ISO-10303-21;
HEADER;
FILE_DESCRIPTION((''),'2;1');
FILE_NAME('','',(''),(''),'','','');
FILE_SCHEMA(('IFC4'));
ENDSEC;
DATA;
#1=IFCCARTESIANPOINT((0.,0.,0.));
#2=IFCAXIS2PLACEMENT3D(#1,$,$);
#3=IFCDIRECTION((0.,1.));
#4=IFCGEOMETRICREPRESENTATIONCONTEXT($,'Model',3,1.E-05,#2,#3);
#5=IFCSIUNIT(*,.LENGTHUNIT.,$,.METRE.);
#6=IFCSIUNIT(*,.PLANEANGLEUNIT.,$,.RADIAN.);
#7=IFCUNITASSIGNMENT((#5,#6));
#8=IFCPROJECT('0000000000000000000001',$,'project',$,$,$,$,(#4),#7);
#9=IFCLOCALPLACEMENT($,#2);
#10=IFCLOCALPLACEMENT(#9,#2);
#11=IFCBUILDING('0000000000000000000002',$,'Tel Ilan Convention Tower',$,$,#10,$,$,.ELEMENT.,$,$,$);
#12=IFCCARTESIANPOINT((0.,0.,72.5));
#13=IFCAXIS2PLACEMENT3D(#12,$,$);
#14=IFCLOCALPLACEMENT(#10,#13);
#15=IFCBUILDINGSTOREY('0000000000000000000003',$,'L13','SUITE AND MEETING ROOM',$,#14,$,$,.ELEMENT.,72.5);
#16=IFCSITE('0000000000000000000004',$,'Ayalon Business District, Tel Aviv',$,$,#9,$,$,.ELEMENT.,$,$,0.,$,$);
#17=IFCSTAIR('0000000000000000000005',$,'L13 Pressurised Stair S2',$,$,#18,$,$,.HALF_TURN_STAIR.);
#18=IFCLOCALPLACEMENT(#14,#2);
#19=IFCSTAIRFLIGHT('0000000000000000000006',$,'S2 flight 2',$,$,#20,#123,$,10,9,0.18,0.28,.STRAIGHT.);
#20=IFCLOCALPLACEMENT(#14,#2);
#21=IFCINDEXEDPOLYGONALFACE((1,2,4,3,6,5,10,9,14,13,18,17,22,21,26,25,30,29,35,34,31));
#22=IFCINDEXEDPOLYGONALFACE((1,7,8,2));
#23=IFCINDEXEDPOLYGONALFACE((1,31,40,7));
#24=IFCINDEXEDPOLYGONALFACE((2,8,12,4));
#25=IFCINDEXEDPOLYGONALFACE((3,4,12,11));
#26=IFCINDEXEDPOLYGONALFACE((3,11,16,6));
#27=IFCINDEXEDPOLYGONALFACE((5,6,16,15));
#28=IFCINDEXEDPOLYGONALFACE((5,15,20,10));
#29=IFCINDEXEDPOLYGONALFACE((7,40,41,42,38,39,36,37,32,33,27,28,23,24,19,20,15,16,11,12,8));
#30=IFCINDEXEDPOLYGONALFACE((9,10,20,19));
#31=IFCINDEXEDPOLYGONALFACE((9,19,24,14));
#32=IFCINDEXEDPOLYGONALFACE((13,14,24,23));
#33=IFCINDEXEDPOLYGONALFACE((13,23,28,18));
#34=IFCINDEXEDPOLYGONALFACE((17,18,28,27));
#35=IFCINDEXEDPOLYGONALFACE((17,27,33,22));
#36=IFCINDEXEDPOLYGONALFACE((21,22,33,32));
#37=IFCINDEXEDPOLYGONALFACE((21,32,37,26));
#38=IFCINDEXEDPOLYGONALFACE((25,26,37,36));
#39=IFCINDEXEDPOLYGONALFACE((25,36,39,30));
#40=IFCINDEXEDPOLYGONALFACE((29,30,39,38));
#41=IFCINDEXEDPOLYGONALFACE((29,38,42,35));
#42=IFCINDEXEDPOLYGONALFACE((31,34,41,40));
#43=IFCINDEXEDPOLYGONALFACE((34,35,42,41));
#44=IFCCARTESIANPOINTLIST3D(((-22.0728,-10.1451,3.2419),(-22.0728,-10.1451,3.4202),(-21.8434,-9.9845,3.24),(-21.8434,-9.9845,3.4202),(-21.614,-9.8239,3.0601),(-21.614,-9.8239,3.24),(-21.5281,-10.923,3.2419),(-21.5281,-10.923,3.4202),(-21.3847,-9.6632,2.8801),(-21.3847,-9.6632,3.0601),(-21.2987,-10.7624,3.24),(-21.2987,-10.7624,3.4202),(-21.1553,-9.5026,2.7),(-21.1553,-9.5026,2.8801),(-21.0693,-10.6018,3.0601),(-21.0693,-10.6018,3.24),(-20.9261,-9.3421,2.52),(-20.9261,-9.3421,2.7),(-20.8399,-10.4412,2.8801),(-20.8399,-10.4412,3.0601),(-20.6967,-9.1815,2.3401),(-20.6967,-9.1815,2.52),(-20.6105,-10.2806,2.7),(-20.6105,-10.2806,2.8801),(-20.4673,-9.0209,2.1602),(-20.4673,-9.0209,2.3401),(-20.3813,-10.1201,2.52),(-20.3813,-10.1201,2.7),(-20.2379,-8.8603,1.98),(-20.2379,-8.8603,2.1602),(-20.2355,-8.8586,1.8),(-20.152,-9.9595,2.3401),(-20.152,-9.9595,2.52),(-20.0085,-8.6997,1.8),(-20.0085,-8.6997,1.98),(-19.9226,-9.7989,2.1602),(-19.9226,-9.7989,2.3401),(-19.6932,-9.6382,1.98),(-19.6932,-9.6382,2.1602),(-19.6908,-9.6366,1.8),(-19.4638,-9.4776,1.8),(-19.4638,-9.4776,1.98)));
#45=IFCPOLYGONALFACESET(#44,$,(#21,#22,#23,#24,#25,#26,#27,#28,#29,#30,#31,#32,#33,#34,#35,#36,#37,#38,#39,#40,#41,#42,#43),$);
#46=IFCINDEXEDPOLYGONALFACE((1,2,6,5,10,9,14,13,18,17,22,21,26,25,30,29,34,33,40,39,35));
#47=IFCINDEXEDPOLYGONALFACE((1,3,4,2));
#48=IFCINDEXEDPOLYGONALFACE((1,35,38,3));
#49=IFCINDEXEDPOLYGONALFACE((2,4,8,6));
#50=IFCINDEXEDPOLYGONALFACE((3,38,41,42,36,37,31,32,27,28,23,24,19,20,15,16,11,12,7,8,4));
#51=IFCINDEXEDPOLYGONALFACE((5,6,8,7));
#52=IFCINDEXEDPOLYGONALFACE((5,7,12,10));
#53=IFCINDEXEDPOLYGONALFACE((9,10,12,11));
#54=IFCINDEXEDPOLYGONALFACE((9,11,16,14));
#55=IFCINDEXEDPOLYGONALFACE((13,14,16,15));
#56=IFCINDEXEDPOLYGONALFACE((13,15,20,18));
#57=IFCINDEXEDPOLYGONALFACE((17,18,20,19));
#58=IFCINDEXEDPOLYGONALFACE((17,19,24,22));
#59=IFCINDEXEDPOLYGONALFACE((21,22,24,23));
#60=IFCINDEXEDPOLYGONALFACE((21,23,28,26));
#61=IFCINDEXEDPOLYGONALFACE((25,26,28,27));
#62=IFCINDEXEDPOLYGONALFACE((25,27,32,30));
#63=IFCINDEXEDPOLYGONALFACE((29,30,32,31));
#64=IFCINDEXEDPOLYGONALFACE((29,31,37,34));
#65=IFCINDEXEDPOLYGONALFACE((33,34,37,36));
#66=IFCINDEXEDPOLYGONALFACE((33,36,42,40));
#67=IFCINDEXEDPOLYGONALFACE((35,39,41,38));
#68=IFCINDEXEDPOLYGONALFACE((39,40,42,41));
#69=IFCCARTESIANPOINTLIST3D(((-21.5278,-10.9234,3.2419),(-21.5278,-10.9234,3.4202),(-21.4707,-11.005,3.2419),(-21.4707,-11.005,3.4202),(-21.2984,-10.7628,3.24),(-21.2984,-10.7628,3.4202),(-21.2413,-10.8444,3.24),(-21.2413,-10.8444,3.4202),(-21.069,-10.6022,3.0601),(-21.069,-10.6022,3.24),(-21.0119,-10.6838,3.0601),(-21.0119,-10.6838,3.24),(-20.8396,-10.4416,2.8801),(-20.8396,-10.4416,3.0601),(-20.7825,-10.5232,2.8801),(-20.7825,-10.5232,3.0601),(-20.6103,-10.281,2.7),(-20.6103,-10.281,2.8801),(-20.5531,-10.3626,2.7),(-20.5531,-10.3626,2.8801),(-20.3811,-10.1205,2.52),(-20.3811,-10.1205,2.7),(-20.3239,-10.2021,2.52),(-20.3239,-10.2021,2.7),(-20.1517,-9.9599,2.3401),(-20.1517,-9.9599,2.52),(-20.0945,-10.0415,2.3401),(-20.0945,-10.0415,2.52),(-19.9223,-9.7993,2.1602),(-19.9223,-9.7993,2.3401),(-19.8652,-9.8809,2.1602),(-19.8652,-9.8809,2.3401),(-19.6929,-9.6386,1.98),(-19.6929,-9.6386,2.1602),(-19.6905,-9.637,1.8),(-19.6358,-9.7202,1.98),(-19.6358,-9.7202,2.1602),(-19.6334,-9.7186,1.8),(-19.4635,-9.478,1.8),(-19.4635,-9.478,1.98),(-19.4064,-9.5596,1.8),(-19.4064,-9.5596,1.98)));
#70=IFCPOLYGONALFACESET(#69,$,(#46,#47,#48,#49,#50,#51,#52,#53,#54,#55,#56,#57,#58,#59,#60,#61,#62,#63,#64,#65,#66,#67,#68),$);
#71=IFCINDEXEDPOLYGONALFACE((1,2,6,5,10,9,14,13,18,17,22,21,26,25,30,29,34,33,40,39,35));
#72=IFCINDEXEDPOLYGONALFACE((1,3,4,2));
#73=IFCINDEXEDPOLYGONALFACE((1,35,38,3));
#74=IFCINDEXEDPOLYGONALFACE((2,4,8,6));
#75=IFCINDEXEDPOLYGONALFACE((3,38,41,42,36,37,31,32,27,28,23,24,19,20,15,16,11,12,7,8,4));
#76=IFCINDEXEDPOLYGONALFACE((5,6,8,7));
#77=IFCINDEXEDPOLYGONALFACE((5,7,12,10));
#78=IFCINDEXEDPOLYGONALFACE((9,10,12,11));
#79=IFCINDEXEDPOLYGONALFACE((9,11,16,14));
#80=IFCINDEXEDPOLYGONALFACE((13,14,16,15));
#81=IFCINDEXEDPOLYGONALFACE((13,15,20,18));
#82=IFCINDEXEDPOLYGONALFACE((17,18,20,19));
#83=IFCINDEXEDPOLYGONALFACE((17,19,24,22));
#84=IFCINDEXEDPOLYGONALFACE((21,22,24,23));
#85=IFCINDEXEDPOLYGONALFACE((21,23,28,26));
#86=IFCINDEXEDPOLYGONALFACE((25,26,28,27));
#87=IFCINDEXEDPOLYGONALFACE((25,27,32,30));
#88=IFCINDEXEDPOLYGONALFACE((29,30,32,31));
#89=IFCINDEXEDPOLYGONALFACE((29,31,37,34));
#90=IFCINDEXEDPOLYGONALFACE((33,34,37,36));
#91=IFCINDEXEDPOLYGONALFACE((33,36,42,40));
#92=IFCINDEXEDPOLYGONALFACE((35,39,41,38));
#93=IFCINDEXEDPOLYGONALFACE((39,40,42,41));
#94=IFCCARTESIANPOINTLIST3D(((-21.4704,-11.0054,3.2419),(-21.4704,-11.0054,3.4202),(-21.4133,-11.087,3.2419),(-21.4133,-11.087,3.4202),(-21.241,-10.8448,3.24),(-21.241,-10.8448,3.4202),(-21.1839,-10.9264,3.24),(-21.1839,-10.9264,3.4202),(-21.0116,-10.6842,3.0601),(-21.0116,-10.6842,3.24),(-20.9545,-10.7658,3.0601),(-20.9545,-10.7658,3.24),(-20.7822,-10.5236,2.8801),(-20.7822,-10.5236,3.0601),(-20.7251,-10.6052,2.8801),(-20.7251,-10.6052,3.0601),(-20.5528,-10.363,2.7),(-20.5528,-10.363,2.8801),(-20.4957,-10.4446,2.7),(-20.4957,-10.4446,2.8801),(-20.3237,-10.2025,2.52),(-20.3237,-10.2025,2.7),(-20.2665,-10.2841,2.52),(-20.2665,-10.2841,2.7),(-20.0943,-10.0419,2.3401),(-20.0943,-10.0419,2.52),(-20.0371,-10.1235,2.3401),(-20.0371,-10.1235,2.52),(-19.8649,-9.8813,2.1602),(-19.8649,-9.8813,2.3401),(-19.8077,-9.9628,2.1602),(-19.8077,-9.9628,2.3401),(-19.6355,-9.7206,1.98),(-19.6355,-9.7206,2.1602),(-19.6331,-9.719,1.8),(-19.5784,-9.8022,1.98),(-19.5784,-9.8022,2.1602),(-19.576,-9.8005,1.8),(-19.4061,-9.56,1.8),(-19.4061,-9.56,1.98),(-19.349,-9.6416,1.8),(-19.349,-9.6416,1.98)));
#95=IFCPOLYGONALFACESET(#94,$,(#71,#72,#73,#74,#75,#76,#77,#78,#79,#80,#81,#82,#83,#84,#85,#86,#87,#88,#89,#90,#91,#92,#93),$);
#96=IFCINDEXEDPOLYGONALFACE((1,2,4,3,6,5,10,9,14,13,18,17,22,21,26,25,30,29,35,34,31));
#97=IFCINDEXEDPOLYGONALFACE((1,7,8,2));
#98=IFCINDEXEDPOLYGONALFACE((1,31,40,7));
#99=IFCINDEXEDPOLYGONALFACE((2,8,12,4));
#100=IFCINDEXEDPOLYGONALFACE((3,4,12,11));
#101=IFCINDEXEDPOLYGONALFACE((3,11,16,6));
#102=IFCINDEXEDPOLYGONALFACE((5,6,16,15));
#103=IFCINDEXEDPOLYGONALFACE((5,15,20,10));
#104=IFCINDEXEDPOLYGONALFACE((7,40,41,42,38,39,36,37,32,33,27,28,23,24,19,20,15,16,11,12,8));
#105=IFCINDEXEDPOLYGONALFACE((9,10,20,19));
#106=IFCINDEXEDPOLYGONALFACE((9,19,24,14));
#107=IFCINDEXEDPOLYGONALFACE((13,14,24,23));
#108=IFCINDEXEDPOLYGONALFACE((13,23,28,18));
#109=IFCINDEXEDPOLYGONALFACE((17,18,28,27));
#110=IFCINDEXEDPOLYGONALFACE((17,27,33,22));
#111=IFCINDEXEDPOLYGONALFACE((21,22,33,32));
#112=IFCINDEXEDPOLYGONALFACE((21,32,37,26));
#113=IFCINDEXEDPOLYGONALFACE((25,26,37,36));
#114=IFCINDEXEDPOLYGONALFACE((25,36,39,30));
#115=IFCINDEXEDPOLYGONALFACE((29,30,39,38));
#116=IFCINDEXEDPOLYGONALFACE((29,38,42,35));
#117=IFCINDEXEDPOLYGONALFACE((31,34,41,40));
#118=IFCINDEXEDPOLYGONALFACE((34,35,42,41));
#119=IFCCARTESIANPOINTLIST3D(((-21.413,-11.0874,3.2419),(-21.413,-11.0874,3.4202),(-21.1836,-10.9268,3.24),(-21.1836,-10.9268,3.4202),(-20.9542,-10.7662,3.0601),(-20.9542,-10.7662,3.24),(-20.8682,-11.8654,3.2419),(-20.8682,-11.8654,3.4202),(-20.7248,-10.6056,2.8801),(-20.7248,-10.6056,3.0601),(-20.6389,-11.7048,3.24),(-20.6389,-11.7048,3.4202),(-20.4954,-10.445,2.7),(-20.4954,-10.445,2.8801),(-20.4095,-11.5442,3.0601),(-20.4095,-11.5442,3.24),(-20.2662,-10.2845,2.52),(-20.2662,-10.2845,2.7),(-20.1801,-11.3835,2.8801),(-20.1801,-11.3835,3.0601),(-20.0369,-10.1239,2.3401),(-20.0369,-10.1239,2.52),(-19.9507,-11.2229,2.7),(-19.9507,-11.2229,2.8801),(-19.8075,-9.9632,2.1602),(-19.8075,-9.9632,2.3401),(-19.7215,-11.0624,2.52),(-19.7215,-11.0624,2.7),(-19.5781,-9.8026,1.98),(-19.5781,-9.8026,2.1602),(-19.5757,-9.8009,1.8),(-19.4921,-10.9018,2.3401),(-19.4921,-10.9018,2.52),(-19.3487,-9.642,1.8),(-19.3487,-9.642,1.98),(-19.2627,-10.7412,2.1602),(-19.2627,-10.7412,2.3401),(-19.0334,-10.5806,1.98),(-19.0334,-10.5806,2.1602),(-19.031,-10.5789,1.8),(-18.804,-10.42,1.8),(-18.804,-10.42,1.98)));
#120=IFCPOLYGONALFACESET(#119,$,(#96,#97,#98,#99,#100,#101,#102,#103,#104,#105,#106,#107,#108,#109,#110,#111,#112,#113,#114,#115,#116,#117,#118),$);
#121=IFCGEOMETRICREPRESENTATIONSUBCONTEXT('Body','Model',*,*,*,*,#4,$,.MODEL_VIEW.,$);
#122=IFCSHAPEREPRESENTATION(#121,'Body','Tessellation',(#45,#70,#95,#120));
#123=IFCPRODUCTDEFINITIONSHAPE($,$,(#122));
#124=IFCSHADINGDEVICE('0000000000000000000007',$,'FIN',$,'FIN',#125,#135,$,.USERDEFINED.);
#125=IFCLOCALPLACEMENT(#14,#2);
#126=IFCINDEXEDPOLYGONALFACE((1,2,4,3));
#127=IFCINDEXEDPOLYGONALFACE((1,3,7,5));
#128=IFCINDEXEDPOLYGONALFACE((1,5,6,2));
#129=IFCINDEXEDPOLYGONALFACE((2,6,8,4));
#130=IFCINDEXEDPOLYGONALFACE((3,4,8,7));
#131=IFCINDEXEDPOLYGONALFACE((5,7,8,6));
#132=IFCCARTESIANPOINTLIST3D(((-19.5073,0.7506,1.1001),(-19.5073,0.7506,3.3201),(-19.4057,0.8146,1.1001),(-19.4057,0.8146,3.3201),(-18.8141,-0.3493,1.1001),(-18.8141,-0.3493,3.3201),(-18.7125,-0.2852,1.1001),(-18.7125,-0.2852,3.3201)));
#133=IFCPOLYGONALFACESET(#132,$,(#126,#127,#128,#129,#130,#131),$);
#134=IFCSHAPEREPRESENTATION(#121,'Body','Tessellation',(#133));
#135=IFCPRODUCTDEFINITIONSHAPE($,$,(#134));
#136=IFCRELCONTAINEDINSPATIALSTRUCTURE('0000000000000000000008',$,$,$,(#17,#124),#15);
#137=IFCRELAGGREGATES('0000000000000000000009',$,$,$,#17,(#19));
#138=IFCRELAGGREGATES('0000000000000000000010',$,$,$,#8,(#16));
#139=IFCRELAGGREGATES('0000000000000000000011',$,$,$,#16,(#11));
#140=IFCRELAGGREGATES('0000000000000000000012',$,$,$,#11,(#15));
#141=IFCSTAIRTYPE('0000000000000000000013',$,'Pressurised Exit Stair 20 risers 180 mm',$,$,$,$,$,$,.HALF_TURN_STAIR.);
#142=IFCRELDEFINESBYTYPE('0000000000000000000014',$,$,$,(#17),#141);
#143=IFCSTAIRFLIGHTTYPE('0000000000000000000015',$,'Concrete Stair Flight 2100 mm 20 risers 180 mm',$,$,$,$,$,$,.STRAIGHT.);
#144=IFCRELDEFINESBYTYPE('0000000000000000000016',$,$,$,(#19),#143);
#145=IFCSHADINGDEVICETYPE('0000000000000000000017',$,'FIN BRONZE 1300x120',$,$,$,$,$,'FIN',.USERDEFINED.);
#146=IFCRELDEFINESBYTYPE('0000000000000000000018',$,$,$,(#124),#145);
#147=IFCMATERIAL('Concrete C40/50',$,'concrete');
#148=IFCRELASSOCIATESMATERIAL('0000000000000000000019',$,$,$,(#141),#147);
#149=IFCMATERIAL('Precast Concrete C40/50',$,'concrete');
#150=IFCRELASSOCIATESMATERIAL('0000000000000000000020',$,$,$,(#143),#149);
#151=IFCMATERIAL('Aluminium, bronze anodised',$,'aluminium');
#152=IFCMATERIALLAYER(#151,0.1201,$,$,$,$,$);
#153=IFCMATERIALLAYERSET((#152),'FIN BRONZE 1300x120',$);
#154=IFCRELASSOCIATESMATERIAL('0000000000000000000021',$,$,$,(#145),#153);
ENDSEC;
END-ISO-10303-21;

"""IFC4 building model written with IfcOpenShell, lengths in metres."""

from ifc_helpers import new_model, si_unit, direction, frame, origin, origin_2d, place, context, subcontext, project, spatial, polyline, rectangle, outline, extrude, material, layer, layer_set, type_object, element, aggregate, save


model = new_model("IFC4")

# Units and contexts
model_context = context("Model", 3, precision=1e-05, world=origin(), true_north=direction((0.0, 1.0)))
body_context = subcontext(model_context, "Body", "Model", "MODEL_VIEW")
ifc_project = project(units=[si_unit("LENGTHUNIT", "METRE"), si_unit("PLANEANGLEUNIT", "RADIAN")], contexts=[model_context])

# Site, building, storey
site_placement = place(None, origin())
site = spatial("IfcSite", under=ifc_project, at=site_placement, Name="Ayalon Business District, Tel Aviv", CompositionType="ELEMENT", RefElevation=0.0)
building_placement = place(site_placement, origin())
building = spatial("IfcBuilding", under=site, at=building_placement, Name="Tel Ilan Convention Tower", CompositionType="ELEMENT")
storey_placement = place(building_placement, frame((0.0, 0.0, 72.5)))
storey = spatial("IfcBuildingStorey", under=building, at=storey_placement, Name="L13", Description="SUITE AND MEETING ROOM", CompositionType="ELEMENT", Elevation=72.5)

# Stair, stair flight
ifc_material_1 = material(Name="Concrete C40/50", Category="concrete")
stair_type = type_object("IfcStairType", Name="Pressurised Exit Stair 20 risers 180 mm", PredefinedType="HALF_TURN_STAIR", material=ifc_material_1)
ifc_material_2 = material(Name="Precast Concrete C40/50", Category="concrete")
stair_flight_type = type_object("IfcStairFlightType", Name="Concrete Stair Flight 2100 mm 20 risers 180 mm", PredefinedType="STRAIGHT", material=ifc_material_2)
stair_1_placement = place(storey_placement, origin())
stair_1 = element("IfcStair", 1, at=stair_1_placement, inside=storey, type_object=stair_type, Name="L13 Pressurised Stair S2", PredefinedType="HALF_TURN_STAIR")
stair_flight_1_placement = place(storey_placement, frame((-19.4062, -9.5598, 1.8), z_axis=(0.0, 0.0, 1.0), x_axis=(-0.819152, -0.573576, 0.0)))
stair_flight_1 = element("IfcStairFlight", 2, at=stair_flight_1_placement, type_object=stair_flight_type, Name="S2 flight 2", NumberOfRisers=10, NumberOfTreads=9, PredefinedType="STRAIGHT", RiserHeight=0.18, TreadLength=0.28, context=body_context, shape_type="SweptSolid", body=[
    extrude(outline(polyline([(0.0, 0.0), (0.0, 0.1799), (0.28, 0.1799), (0.28, 0.3601), (0.5601, 0.3601), (0.5601, 0.54), (0.8401, 0.54), (0.8401, 0.72), (1.1201, 0.72), (1.1201, 0.8999), (1.3999, 0.8999), (1.3999, 1.0801), (1.6799, 1.0801), (1.6799, 1.26), (1.96, 1.26), (1.96, 1.4399), (2.24, 1.4399), (2.24, 1.6201), (2.52, 1.6201), (2.52, 1.8), (2.52, 1.4419), (0.2771, 0.0), (0.0, 0.0)])), frame((0.0, -0.1003, 0.0), z_axis=(0.0, -1.0, 0.0), x_axis=(1.0, 0.0, 0.0)), (0.0, 0.0, 1.0), 0.9497),
    extrude(outline(polyline([(0.0, 0.0), (0.0, 0.1799), (0.28, 0.1799), (0.28, 0.3601), (0.5601, 0.3601), (0.5601, 0.54), (0.8401, 0.54), (0.8401, 0.72), (1.1201, 0.72), (1.1201, 0.8999), (1.3999, 0.8999), (1.3999, 1.0801), (1.6799, 1.0801), (1.6799, 1.26), (1.96, 1.26), (1.96, 1.4399), (2.24, 1.4399), (2.24, 1.6201), (2.52, 1.6201), (2.52, 1.8), (2.52, 1.4419), (0.2771, 0.0), (0.0, 0.0)])), frame((0.0, -0.0002, 0.0), z_axis=(0.0, -1.0, 0.0), x_axis=(1.0, 0.0, 0.0)), (0.0, 0.0, 1.0), 0.0996),
    extrude(outline(polyline([(0.0, 0.0), (0.0, 0.1799), (0.28, 0.1799), (0.28, 0.3601), (0.5601, 0.3601), (0.5601, 0.54), (0.8401, 0.54), (0.8401, 0.72), (1.1201, 0.72), (1.1201, 0.8999), (1.3999, 0.8999), (1.3999, 1.0801), (1.6799, 1.0801), (1.6799, 1.26), (1.96, 1.26), (1.96, 1.4399), (2.24, 1.4399), (2.24, 1.6201), (2.52, 1.6201), (2.52, 1.8), (2.52, 1.4419), (0.2771, 0.0), (0.0, 0.0)])), frame((0.0, 0.0999, 0.0), z_axis=(0.0, -1.0, 0.0), x_axis=(1.0, 0.0, 0.0)), (0.0, 0.0, 1.0), 0.0996),
    extrude(outline(polyline([(0.0, 0.0), (0.0, 0.1799), (0.28, 0.1799), (0.28, 0.3601), (0.5601, 0.3601), (0.5601, 0.54), (0.8401, 0.54), (0.8401, 0.72), (1.1201, 0.72), (1.1201, 0.8999), (1.3999, 0.8999), (1.3999, 1.0801), (1.6799, 1.0801), (1.6799, 1.26), (1.96, 1.26), (1.96, 1.4399), (2.24, 1.4399), (2.24, 1.6201), (2.52, 1.6201), (2.52, 1.8), (2.52, 1.4419), (0.2771, 0.0), (0.0, 0.0)])), frame((0.0, 1.05, 0.0), z_axis=(0.0, -1.0, 0.0), x_axis=(1.0, 0.0, 0.0)), (0.0, 0.0, 1.0), 0.9497),
])
aggregate(stair_1, [stair_flight_1])

# Shading device
ifc_material_3 = material(Name="Aluminium, bronze anodised", Category="aluminium")
ifc_layer_1 = layer(ifc_material_3, 0.1201)
ifc_layer_set_1 = layer_set([ifc_layer_1], Name="FIN BRONZE 1300x120")
shading_device_type = type_object("IfcShadingDeviceType", Name="FIN BRONZE 1300x120", ElementType="FIN", PredefinedType="USERDEFINED", material=ifc_layer_set_1)
shading_device_placement = place(storey_placement, frame((-19.1099, 0.2327, 1.1001), z_axis=(0.0, 0.0, 1.0), x_axis=(-0.533204, 0.845986, 0.0)))
element("IfcShadingDevice", 3, at=shading_device_placement, inside=storey, type_object=shading_device_type, Name="FIN", ObjectType="FIN", PredefinedType="USERDEFINED", context=body_context, shape_type="SweptSolid", body=[
    extrude(rectangle(XDim=1.3, YDim=0.1201, at=origin_2d()), origin(), (0.0, 0.0, 1.0), 2.22),
])

save(model, "model.ifc")
